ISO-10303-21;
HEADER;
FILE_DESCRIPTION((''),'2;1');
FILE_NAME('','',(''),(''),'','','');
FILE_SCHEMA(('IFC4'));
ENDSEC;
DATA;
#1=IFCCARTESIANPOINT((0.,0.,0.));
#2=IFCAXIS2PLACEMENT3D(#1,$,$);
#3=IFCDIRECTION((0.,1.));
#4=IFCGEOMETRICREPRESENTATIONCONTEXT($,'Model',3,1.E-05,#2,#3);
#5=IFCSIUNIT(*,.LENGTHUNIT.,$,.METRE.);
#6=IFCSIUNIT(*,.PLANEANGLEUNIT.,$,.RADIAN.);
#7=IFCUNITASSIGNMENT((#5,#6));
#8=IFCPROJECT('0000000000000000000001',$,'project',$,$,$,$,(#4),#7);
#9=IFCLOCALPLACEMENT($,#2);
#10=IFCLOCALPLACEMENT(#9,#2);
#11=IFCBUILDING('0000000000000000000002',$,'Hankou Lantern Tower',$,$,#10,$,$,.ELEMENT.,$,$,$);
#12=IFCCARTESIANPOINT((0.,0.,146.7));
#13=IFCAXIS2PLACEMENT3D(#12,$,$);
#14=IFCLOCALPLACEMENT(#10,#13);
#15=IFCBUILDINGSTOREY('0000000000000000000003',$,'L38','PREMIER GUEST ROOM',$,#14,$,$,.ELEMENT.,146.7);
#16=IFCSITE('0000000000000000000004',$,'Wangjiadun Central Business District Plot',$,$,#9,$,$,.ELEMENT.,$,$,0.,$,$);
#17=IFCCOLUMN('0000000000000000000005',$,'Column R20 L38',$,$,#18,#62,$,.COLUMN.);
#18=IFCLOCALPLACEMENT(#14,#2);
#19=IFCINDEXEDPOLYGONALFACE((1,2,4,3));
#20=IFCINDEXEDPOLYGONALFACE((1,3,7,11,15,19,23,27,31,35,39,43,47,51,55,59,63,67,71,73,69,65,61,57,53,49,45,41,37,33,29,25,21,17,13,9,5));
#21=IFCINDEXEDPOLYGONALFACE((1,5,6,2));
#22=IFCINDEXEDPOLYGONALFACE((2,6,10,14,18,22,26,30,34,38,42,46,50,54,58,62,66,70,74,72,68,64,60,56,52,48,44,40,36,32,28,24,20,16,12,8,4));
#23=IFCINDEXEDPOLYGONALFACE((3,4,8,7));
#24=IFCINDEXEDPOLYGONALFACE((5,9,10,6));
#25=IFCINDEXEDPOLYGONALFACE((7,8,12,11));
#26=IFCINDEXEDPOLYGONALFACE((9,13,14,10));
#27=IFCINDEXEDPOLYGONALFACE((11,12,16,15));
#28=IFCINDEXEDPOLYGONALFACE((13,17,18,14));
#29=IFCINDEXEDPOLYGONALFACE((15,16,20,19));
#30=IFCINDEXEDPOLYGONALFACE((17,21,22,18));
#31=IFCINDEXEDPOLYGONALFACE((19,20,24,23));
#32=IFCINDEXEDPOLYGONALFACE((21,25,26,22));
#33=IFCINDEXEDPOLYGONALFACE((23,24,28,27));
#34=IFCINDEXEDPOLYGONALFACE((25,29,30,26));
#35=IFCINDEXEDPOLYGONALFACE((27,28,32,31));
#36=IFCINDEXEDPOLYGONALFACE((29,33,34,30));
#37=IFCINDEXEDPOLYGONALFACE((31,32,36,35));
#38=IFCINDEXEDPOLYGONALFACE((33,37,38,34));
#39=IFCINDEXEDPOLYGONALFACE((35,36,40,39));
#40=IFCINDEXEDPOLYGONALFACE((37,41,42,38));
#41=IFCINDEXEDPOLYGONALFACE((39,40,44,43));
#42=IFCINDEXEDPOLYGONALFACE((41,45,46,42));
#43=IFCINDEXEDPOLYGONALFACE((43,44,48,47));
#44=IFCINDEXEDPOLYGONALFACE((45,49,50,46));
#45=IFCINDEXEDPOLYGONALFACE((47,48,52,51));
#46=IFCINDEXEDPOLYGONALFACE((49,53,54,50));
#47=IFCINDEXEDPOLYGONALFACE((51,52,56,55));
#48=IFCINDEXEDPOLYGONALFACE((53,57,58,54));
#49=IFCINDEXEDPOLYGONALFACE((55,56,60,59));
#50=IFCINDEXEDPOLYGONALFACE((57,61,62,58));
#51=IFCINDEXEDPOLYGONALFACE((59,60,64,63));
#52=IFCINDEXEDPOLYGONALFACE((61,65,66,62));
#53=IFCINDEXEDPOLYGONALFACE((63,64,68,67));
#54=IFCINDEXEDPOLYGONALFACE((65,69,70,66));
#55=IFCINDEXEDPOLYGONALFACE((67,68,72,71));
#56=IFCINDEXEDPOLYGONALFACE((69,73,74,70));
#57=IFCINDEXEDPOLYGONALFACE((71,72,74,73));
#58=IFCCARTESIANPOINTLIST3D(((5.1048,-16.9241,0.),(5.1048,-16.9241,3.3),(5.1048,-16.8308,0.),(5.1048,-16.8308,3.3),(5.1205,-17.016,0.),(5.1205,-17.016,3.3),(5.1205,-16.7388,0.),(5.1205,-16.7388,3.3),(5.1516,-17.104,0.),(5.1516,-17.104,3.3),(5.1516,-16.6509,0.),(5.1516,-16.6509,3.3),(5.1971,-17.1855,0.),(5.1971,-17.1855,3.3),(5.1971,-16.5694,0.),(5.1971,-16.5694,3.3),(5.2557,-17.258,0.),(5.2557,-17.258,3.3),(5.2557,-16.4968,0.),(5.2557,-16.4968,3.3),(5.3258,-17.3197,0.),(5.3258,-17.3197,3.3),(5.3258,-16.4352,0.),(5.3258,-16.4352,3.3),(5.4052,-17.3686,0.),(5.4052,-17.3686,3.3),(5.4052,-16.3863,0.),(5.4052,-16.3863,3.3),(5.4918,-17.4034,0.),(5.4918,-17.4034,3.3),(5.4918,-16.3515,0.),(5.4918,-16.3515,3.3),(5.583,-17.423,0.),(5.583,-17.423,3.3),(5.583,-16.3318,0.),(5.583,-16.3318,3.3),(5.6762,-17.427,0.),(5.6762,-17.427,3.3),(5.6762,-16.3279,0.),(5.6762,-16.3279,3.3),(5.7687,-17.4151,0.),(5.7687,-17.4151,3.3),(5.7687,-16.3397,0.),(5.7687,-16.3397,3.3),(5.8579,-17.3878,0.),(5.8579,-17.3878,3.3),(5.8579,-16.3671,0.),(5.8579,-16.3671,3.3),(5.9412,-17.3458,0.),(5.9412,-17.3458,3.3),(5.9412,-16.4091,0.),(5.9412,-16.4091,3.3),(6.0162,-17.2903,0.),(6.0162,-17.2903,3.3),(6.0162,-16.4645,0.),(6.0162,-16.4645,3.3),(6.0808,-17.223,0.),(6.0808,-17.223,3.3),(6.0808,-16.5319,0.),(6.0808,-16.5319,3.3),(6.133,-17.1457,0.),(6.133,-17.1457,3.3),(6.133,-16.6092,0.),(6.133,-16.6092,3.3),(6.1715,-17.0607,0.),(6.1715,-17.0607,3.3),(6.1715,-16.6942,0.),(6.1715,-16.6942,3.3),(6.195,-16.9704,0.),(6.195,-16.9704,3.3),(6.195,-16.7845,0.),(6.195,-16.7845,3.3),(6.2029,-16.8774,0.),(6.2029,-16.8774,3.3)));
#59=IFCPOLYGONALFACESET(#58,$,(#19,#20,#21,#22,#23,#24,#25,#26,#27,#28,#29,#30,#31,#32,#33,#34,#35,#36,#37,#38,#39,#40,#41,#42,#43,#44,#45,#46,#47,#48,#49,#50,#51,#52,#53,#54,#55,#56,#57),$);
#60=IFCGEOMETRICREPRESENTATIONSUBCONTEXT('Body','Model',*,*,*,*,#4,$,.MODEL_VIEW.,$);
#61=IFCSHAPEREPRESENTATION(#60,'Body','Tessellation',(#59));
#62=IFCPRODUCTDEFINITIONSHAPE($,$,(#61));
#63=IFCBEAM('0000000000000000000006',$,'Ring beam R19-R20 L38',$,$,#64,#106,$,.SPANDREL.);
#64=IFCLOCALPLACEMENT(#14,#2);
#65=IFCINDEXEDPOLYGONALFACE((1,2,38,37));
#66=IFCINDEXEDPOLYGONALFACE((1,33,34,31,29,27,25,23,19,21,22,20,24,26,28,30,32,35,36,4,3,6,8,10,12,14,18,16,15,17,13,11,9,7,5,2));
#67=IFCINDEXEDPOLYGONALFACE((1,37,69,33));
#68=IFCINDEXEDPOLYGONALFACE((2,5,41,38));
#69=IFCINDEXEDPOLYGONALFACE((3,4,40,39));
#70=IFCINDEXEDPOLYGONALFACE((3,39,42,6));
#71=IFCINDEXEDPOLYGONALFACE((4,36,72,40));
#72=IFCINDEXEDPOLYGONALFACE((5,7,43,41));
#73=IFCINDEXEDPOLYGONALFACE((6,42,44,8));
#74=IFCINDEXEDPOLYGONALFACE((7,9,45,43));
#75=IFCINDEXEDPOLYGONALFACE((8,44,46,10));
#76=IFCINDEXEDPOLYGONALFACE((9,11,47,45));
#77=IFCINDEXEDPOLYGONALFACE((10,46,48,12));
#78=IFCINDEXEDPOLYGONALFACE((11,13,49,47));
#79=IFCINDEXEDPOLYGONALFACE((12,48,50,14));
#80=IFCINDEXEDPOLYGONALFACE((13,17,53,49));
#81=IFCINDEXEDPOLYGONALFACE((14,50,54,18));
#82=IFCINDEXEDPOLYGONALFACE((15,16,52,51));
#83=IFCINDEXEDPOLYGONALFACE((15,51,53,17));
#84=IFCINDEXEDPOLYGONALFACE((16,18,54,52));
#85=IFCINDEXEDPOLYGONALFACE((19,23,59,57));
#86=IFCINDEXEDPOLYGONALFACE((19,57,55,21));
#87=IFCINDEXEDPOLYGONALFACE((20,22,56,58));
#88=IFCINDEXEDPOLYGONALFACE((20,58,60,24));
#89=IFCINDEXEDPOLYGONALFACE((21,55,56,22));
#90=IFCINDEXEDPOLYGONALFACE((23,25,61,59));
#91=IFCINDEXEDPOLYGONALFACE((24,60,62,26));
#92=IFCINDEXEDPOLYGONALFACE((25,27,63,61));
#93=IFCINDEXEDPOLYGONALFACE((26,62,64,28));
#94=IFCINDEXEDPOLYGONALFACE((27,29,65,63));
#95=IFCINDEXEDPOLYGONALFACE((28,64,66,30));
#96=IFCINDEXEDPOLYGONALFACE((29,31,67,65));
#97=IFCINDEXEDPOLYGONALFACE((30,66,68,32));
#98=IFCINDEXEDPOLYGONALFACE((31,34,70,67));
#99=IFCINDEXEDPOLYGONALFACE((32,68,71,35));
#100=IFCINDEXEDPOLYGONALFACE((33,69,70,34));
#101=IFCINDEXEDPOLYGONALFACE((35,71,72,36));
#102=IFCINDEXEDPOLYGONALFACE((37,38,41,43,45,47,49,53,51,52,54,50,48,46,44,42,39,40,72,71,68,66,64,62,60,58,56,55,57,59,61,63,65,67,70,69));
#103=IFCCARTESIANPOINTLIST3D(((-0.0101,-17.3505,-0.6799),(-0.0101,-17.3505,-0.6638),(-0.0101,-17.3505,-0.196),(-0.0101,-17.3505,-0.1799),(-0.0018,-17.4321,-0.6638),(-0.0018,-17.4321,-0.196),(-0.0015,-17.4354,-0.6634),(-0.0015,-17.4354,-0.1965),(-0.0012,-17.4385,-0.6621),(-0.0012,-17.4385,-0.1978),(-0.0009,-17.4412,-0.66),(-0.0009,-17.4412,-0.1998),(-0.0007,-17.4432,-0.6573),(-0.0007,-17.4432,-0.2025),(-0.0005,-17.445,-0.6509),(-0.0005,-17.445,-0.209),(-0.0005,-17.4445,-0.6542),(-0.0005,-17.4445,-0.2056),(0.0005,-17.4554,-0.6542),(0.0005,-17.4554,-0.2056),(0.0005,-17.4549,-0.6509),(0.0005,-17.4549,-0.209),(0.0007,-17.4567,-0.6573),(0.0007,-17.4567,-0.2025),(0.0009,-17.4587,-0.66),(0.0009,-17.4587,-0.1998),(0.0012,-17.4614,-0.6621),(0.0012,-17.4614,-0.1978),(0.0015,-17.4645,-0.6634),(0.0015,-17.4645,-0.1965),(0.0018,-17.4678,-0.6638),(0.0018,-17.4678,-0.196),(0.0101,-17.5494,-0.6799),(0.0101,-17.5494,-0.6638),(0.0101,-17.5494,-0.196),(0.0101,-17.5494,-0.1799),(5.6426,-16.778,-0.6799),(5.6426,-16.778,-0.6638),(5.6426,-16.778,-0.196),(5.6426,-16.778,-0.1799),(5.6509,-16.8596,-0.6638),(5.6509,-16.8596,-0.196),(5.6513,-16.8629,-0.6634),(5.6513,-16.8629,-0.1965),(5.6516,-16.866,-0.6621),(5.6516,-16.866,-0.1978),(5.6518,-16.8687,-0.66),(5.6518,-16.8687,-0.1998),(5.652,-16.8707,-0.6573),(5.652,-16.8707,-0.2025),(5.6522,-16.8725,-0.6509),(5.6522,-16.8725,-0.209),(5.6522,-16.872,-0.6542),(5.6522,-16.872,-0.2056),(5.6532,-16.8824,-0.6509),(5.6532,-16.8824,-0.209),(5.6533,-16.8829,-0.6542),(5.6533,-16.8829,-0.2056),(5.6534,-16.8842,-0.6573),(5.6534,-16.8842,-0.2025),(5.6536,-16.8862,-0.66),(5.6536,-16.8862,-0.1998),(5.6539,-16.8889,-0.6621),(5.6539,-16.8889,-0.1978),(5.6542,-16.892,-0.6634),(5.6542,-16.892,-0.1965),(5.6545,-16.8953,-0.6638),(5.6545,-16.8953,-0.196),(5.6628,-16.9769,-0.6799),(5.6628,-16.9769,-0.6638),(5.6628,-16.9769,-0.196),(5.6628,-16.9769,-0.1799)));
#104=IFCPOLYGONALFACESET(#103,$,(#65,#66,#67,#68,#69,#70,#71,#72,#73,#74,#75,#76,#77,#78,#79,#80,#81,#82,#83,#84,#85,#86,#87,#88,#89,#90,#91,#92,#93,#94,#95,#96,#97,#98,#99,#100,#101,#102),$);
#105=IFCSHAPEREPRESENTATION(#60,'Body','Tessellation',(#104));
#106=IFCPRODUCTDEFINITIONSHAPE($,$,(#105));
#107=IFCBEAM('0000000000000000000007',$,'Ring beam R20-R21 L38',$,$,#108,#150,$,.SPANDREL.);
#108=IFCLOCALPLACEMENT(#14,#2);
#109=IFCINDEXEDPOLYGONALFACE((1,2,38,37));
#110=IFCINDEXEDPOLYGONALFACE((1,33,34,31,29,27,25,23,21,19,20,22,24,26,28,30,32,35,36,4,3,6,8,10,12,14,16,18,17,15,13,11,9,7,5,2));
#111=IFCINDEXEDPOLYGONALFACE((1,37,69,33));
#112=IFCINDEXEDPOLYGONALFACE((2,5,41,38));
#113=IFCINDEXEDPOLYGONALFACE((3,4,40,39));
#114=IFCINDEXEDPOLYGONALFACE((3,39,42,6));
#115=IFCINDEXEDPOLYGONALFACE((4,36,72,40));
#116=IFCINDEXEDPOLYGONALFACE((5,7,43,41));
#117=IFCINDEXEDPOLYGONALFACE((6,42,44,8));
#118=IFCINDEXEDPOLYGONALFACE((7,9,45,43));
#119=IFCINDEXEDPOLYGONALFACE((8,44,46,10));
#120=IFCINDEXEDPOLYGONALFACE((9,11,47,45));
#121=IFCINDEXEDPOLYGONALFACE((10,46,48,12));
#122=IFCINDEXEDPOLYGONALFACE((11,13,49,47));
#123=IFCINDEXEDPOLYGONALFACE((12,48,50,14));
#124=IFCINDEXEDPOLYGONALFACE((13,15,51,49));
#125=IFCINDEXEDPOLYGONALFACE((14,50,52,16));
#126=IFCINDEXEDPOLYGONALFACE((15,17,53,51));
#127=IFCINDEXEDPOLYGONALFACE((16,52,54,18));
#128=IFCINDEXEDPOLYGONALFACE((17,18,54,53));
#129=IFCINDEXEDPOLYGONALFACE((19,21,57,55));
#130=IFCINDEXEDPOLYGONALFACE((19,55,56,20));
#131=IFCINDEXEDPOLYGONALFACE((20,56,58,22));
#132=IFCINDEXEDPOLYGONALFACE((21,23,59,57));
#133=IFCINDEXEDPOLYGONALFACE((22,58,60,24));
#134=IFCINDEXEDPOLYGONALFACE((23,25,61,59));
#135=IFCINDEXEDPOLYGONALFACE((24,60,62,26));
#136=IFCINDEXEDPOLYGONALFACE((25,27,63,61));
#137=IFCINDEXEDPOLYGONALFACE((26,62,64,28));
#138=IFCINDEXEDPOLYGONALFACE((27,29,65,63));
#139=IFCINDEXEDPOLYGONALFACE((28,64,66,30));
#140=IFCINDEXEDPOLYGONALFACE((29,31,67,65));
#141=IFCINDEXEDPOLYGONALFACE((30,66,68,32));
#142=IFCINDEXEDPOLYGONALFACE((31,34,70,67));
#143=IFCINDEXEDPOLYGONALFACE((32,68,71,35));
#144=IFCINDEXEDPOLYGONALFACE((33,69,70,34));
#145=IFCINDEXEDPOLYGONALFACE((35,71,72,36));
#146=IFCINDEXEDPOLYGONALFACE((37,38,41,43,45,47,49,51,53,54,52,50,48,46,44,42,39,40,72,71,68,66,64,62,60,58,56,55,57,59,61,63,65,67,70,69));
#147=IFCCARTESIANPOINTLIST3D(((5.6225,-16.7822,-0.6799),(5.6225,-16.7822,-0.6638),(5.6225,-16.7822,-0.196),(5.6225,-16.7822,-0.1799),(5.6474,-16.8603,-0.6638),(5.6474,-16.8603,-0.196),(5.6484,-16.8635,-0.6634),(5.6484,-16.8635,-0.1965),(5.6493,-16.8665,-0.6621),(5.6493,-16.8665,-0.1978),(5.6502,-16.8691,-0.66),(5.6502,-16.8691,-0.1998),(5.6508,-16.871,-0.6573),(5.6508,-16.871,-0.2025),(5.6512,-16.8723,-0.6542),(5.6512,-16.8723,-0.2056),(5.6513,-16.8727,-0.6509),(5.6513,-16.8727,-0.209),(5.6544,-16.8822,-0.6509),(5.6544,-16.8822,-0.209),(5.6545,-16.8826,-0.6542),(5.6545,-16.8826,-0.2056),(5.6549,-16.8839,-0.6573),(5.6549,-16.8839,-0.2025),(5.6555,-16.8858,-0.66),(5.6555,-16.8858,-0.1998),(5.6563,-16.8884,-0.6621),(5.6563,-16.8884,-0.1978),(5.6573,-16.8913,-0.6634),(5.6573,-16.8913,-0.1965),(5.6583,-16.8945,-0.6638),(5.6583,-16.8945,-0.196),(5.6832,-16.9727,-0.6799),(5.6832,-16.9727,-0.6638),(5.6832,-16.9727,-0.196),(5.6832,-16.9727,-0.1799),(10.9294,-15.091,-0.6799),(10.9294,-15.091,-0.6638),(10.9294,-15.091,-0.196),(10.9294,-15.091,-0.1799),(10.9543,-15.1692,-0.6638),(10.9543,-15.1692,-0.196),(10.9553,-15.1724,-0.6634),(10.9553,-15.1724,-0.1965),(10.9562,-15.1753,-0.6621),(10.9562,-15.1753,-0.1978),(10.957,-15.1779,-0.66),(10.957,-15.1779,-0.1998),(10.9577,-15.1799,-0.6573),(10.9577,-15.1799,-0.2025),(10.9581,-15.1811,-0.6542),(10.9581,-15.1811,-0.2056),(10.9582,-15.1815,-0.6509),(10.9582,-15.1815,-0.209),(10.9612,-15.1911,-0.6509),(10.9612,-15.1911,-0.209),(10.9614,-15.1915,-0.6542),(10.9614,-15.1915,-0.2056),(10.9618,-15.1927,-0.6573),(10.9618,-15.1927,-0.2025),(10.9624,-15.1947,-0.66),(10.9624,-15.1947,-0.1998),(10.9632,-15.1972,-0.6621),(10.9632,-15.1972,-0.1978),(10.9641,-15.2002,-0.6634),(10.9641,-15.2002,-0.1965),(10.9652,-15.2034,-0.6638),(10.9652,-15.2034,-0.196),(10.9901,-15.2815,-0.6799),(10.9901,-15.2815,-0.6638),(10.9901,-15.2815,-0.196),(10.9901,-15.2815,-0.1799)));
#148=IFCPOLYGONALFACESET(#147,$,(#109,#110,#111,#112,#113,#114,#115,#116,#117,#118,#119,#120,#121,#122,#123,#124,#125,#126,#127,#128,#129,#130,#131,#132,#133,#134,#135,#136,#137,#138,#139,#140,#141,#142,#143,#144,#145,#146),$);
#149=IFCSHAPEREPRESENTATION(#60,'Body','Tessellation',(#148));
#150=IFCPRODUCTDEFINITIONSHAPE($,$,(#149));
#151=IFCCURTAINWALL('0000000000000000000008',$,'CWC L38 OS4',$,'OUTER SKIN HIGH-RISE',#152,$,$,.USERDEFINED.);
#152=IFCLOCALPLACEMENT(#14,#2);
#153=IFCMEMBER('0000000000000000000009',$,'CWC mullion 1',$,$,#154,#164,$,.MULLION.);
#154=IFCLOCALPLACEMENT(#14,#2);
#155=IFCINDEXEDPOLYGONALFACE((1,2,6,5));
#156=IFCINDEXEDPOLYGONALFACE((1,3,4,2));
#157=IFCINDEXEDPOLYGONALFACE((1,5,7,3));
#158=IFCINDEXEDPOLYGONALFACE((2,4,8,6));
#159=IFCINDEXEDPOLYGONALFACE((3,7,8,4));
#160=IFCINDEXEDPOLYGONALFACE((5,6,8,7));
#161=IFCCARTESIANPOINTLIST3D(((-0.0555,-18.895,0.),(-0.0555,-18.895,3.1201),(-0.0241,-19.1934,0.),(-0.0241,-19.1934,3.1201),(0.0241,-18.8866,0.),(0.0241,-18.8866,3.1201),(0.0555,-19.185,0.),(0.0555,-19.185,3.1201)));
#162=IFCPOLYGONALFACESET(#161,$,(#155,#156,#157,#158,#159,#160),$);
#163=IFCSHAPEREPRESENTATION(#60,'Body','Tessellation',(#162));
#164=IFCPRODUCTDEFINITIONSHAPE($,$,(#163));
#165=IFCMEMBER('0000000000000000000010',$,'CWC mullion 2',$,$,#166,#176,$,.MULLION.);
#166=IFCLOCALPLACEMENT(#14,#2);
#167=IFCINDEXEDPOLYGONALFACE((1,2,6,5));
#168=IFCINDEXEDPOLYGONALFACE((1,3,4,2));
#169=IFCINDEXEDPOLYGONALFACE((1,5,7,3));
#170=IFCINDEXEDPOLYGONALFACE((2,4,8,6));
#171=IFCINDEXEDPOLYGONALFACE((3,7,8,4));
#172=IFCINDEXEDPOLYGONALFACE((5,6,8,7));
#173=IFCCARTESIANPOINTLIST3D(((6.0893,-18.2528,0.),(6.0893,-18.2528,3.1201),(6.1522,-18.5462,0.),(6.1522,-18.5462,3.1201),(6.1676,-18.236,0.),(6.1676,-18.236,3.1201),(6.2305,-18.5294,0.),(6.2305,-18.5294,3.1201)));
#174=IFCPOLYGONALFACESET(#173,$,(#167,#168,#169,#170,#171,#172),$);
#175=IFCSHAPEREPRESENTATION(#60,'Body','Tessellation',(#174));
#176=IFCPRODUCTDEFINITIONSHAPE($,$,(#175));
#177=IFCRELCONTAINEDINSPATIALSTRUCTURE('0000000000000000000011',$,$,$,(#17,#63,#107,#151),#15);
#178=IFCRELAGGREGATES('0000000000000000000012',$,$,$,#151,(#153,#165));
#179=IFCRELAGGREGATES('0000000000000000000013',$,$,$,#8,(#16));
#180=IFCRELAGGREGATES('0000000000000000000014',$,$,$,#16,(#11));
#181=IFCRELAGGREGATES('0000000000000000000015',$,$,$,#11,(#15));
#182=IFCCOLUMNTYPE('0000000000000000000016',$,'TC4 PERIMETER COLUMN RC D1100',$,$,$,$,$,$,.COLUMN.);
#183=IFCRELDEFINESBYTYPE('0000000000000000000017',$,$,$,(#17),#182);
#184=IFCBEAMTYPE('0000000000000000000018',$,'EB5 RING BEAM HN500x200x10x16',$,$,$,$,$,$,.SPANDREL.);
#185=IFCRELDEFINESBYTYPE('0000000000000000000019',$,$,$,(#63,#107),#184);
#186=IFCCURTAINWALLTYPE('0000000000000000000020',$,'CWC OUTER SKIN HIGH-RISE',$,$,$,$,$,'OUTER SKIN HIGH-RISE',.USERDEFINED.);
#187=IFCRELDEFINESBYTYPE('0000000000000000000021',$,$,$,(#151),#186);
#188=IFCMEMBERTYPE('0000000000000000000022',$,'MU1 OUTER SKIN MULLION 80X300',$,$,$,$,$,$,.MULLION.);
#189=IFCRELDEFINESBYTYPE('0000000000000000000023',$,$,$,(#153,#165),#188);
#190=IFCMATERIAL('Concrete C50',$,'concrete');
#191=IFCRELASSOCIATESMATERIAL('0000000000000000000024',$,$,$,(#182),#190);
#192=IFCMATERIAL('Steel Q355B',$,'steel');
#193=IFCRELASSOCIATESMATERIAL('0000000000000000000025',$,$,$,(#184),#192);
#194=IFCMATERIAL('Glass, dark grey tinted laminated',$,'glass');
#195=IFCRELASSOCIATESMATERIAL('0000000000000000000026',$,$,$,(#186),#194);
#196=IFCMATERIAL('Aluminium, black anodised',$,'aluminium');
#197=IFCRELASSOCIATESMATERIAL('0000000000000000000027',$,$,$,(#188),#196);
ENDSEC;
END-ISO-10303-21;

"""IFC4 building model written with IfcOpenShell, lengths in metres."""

from ifc_helpers import new_model, si_unit, direction, frame, origin, origin_2d, place, context, subcontext, project, spatial, rectangle, circle, i_section, extrude, material, material_profile, profile_set, type_object, element, aggregate, save


model = new_model("IFC4")

# Units and contexts
model_context = context("Model", 3, precision=1e-05, world=origin(), true_north=direction((0.0, 1.0)))
body_context = subcontext(model_context, "Body", "Model", "MODEL_VIEW")
ifc_project = project(units=[si_unit("LENGTHUNIT", "METRE"), si_unit("PLANEANGLEUNIT", "RADIAN")], contexts=[model_context])

# Site, building, storey
site_placement = place(None, origin())
site = spatial("IfcSite", under=ifc_project, at=site_placement, Name="Wangjiadun Central Business District Plot", CompositionType="ELEMENT", RefElevation=0.0)
building_placement = place(site_placement, origin())
building = spatial("IfcBuilding", under=site, at=building_placement, Name="Hankou Lantern Tower", CompositionType="ELEMENT")
storey_placement = place(building_placement, frame((0.0, 0.0, 146.7)))
storey = spatial("IfcBuildingStorey", under=building, at=storey_placement, Name="L38", Description="PREMIER GUEST ROOM", CompositionType="ELEMENT", Elevation=146.7)

# Column
ifc_material_1 = material(Name="Concrete C50", Category="concrete")
ifc_material_profile_1 = material_profile(ifc_material_1, circle(Radius=0.55, at=origin_2d()), Name="RC D1100")
ifc_profile_set_1 = profile_set([ifc_material_profile_1], Name="Concrete C50")
column_type = type_object("IfcColumnType", Name="TC4 PERIMETER COLUMN RC D1100", PredefinedType="COLUMN", material=ifc_profile_set_1)
column_placement = place(storey_placement, frame((5.6528, -16.8774, 0.0), z_axis=(0.0, 0.0, 1.0), x_axis=(1.0, 0.0, 0.0)))
element("IfcColumn", 1, at=column_placement, inside=storey, type_object=column_type, Name="Column R20 L38", PredefinedType="COLUMN", context=body_context, shape_type="SweptSolid", body=[
    extrude(circle(Radius=0.55, at=origin_2d()), origin(), (0.0, 0.0, 1.0), 3.3),
])

# Beams
ifc_material_2 = material(Name="Steel Q355B", Category="steel")
ifc_material_profile_2 = material_profile(ifc_material_2, i_section(OverallWidth=0.2, OverallDepth=0.5, WebThickness=0.01, FlangeThickness=0.0161, FilletRadius=0.0129, at=origin_2d()), Name="HN500x200x10x16")
ifc_profile_set_2 = profile_set([ifc_material_profile_2], Name="Steel Q355B")
beam_type_1 = type_object("IfcBeamType", Name="EB5 RING BEAM HN500x200x10x16", PredefinedType="SPANDREL", material=ifc_profile_set_2)
beam_1_placement = place(storey_placement, frame((0.0, -17.45, -0.4299), z_axis=(0.99491, 0.100763, 0.0), x_axis=(-0.100763, 0.99491, 0.0)))
element("IfcBeam", 2, at=beam_1_placement, inside=storey, type_object=beam_type_1, Name="Ring beam R19-R20 L38", PredefinedType="SPANDREL", context=body_context, shape_type="SweptSolid", body=[
    extrude(i_section(OverallWidth=0.2, OverallDepth=0.5, WebThickness=0.01, FlangeThickness=0.0161, FilletRadius=0.0129, at=origin_2d()), origin(), (0.0, 0.0, 1.0), 5.6816),
])
beam_2_placement = place(storey_placement, frame((5.6528, -16.8774, -0.4299), z_axis=(0.95279, 0.303629, 0.0), x_axis=(-0.303629, 0.95279, 0.0)))
element("IfcBeam", 3, at=beam_2_placement, inside=storey, type_object=beam_type_1, Name="Ring beam R20-R21 L38", PredefinedType="SPANDREL", context=body_context, shape_type="SweptSolid", body=[
    extrude(i_section(OverallWidth=0.2, OverallDepth=0.5, WebThickness=0.01, FlangeThickness=0.0161, FilletRadius=0.0129, at=origin_2d()), origin(), (0.0, 0.0, 1.0), 5.5698),
])

# Curtain wall, members
ifc_material_3 = material(Name="Glass, dark grey tinted laminated", Category="glass")
curtain_wall_type = type_object("IfcCurtainWallType", Name="CWC OUTER SKIN HIGH-RISE", ElementType="OUTER SKIN HIGH-RISE", PredefinedType="USERDEFINED", material=ifc_material_3)
curtain_wall_placement = place(storey_placement, origin())
curtain_wall = element("IfcCurtainWall", 4, at=curtain_wall_placement, inside=storey, type_object=curtain_wall_type, Name="CWC L38 OS4", ObjectType="OUTER SKIN HIGH-RISE", PredefinedType="USERDEFINED")
ifc_material_4 = material(Name="Aluminium, black anodised", Category="aluminium")
ifc_material_profile_3 = material_profile(ifc_material_4, rectangle(XDim=0.0801, YDim=0.3, at=origin_2d()), Name="MU1 80X300")
ifc_profile_set_3 = profile_set([ifc_material_profile_3], Name="Aluminium, black anodised")
member_type_1 = type_object("IfcMemberType", Name="MU1 OUTER SKIN MULLION 80X300", PredefinedType="MULLION", material=ifc_profile_set_3)
member_1_placement = place(storey_placement, frame((0.0, -19.04, 0.0), z_axis=(0.0, 0.0, 1.0), x_axis=(0.994499, 0.104743, 0.0)))
member_1 = element("IfcMember", 5, at=member_1_placement, type_object=member_type_1, Name="CWC mullion 1", PredefinedType="MULLION", context=body_context, shape_type="SweptSolid", body=[
    extrude(rectangle(XDim=0.0801, YDim=0.3, at=origin_2d()), origin(), (0.0, 0.0, 1.0), 3.1201),
])
member_2_placement = place(storey_placement, frame((6.1599, -18.3911, 0.0), z_axis=(0.0, 0.0, 1.0), x_axis=(0.977788, 0.209598, 0.0)))
member_2 = element("IfcMember", 6, at=member_2_placement, type_object=member_type_1, Name="CWC mullion 2", PredefinedType="MULLION", context=body_context, shape_type="SweptSolid", body=[
    extrude(rectangle(XDim=0.0801, YDim=0.3, at=origin_2d()), origin(), (0.0, 0.0, 1.0), 3.1201),
])

aggregate(curtain_wall, [member_1, member_2])

save(model, "model.ifc")
